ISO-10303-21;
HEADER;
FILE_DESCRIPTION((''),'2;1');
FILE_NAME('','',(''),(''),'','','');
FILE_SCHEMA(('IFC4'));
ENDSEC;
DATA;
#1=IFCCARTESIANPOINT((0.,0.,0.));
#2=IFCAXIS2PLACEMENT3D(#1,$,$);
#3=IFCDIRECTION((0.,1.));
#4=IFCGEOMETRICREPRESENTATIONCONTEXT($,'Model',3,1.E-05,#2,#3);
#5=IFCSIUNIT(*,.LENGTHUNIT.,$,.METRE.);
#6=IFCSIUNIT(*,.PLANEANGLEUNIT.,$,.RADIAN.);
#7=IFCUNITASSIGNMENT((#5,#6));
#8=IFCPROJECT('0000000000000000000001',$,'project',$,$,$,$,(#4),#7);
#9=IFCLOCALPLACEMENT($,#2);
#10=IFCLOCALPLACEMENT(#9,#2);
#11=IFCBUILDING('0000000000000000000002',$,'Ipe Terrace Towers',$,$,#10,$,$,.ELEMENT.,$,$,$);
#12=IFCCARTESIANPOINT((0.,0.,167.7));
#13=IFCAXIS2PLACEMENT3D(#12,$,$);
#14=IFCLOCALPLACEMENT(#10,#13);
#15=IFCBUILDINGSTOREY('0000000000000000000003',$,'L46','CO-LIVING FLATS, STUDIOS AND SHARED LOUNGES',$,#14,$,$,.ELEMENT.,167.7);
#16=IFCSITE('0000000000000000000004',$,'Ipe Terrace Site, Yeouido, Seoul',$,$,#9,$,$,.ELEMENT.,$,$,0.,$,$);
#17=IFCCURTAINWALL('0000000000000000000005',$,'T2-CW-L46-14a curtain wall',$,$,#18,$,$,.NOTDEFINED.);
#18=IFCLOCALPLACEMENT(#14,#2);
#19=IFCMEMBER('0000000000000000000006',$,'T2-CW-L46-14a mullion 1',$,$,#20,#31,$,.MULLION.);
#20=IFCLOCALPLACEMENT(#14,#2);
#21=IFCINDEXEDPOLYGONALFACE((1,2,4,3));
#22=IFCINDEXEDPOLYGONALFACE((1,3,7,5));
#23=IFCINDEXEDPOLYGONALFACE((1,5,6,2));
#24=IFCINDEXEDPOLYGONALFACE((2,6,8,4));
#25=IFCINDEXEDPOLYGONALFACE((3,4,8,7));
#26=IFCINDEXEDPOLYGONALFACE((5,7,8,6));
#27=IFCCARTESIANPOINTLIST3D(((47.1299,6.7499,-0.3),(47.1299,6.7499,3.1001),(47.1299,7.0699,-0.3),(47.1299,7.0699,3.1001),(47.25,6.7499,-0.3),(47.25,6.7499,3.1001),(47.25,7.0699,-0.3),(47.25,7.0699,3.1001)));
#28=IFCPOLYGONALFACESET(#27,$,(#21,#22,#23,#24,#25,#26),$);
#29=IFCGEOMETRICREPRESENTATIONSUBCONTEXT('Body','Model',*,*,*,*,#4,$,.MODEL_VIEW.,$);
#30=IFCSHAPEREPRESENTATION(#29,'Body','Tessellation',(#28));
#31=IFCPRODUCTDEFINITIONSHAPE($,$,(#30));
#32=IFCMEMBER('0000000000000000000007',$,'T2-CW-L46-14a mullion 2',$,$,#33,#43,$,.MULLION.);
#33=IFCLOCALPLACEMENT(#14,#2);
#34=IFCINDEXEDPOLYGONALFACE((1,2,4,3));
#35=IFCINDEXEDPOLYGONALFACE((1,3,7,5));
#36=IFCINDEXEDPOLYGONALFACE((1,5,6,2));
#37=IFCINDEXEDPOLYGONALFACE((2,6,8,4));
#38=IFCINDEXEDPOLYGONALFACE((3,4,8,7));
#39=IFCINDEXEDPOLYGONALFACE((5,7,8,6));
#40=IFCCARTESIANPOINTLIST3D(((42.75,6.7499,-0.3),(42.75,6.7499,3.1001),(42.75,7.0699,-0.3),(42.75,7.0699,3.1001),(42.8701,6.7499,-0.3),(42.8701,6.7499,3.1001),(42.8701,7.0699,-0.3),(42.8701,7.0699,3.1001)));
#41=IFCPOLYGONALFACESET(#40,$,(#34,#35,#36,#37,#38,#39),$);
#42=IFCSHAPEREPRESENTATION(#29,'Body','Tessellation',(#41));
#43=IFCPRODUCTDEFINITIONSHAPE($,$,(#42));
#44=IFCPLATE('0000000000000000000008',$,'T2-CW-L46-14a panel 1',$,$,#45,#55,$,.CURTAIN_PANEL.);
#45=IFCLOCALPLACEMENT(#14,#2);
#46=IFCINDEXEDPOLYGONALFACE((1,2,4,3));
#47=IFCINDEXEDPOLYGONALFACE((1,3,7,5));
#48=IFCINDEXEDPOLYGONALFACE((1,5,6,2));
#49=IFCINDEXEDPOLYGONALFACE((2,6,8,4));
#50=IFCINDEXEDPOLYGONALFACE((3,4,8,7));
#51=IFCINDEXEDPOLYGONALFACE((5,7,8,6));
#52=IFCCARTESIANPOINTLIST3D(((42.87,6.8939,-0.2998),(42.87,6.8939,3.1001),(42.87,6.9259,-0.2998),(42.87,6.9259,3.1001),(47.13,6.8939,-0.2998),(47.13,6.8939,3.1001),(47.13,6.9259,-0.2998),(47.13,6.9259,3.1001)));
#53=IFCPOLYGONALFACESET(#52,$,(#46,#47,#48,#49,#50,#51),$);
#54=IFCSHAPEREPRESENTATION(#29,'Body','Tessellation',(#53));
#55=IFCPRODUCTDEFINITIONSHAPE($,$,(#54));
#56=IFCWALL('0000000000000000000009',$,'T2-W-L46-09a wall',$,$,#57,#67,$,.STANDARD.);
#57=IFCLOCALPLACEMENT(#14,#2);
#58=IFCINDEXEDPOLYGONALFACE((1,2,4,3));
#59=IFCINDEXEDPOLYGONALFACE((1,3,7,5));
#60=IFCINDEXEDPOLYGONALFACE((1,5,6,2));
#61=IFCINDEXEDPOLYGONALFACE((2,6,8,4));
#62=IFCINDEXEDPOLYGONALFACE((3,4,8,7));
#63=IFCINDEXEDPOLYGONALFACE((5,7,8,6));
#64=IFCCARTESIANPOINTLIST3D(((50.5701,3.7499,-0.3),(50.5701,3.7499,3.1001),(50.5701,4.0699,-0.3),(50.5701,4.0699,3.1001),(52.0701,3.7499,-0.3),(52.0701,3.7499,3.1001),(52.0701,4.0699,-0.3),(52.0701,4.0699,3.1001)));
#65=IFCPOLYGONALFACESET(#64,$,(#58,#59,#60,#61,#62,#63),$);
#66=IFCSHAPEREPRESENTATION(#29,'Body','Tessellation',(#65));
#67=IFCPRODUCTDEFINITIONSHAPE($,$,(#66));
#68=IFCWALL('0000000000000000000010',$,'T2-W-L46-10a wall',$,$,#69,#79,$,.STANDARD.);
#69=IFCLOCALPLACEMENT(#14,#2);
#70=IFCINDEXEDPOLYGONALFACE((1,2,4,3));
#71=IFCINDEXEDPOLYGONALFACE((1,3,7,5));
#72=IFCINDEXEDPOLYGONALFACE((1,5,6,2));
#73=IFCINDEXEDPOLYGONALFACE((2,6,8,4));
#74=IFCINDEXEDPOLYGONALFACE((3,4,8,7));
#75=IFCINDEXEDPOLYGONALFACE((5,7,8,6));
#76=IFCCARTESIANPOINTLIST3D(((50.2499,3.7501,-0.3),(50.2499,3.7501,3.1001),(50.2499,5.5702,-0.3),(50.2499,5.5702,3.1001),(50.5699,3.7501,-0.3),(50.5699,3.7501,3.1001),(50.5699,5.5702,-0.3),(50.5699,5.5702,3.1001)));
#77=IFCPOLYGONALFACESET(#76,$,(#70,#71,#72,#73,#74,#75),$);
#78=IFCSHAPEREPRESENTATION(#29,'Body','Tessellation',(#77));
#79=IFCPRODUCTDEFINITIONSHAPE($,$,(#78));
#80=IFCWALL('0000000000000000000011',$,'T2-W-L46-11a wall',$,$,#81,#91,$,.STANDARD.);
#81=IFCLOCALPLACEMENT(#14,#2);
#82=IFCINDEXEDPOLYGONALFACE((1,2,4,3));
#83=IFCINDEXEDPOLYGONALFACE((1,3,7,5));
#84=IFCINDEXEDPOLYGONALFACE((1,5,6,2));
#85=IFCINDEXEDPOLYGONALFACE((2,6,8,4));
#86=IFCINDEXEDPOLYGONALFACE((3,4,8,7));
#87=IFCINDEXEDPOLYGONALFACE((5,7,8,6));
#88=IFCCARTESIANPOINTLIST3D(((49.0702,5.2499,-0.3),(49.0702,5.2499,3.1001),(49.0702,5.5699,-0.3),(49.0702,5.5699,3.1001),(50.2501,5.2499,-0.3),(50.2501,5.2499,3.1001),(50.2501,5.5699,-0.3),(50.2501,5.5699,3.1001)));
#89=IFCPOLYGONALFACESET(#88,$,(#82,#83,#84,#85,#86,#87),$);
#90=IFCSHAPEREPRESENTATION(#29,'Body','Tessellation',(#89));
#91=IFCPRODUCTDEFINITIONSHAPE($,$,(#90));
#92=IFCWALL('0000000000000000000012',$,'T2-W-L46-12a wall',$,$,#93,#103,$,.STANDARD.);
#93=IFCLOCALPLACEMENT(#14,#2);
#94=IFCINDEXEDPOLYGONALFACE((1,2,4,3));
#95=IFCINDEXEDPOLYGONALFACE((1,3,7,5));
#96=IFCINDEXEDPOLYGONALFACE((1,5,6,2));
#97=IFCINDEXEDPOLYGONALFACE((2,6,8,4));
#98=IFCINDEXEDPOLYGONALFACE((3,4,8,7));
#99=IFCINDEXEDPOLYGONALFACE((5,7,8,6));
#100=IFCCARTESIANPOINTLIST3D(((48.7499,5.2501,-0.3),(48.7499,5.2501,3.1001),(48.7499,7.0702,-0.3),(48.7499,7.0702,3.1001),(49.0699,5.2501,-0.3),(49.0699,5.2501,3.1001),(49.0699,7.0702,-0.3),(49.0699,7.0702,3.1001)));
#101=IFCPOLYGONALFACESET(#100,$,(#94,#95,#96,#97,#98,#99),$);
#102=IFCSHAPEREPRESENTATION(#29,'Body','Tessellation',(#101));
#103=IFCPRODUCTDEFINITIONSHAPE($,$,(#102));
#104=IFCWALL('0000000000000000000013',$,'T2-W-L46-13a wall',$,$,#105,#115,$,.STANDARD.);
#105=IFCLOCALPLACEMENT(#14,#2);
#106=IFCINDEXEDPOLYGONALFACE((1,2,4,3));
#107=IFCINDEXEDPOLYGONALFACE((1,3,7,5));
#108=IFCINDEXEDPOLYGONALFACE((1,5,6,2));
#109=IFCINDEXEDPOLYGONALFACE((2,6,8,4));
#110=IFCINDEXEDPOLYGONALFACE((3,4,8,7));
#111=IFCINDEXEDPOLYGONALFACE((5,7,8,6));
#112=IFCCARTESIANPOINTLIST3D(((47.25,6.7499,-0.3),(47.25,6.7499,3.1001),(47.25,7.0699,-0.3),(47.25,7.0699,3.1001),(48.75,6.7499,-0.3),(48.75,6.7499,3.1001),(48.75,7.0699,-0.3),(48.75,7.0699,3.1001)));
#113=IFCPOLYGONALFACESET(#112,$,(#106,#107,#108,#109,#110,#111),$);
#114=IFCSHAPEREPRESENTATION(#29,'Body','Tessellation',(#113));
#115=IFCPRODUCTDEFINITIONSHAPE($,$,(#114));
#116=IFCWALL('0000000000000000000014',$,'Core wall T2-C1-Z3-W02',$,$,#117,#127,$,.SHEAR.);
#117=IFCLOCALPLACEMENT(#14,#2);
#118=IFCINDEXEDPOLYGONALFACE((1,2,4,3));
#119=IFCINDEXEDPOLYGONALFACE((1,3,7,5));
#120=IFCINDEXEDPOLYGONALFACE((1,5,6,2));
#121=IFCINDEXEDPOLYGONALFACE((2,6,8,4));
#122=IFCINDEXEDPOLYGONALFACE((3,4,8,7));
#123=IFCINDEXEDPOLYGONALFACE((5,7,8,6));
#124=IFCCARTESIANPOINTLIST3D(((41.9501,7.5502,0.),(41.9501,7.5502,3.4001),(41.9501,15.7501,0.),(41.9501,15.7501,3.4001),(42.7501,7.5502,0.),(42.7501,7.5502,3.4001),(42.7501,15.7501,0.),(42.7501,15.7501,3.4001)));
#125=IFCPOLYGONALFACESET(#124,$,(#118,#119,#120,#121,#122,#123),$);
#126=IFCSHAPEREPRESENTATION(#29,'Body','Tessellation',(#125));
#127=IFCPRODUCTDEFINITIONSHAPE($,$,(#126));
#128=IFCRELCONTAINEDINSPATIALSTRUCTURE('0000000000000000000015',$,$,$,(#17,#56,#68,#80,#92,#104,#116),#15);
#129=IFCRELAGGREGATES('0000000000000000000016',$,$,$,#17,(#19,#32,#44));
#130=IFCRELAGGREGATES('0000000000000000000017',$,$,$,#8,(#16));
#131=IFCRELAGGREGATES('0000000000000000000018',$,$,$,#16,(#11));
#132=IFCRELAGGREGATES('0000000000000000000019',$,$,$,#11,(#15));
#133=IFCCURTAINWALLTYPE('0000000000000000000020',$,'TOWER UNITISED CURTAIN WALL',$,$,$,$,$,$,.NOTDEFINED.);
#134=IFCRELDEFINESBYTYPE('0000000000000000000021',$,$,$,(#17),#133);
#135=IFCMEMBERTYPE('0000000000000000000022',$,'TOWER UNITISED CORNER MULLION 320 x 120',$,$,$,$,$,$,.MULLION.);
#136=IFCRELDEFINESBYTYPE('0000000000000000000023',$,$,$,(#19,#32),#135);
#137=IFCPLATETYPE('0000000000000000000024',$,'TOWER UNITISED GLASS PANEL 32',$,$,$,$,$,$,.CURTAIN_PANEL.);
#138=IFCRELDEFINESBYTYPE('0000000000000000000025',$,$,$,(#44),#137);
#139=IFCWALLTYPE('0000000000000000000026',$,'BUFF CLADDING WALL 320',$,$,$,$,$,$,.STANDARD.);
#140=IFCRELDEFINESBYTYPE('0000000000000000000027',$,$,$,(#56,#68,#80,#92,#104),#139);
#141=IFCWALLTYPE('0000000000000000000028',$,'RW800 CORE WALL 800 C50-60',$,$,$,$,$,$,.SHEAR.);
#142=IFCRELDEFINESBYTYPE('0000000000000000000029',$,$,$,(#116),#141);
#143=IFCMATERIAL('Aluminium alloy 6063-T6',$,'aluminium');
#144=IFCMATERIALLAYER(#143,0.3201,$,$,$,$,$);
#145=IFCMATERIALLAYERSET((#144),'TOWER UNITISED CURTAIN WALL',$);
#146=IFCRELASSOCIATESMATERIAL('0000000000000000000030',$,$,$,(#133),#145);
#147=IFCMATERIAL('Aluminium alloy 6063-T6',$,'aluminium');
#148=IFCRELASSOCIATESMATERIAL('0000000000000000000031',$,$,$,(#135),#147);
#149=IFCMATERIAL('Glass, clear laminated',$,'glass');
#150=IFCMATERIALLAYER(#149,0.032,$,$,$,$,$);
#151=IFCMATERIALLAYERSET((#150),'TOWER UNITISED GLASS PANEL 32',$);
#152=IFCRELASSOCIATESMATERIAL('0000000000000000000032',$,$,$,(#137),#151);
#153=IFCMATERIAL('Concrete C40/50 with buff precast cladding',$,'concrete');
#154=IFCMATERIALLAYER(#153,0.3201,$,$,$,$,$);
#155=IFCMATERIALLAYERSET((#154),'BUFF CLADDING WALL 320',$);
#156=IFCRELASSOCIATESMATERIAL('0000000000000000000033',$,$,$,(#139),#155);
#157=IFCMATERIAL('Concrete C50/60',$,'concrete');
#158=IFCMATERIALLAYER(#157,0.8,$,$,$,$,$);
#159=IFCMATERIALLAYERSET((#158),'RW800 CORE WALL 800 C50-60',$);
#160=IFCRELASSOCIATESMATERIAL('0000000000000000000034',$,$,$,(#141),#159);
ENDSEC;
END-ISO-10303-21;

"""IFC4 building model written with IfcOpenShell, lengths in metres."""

from ifc_helpers import new_model, si_unit, direction, frame, frame_2d, origin, origin_2d, place, context, subcontext, project, spatial, rectangle, extrude, material, layer, layer_set, material_profile, profile_set, type_object, element, aggregate, save


model = new_model("IFC4")

# Units and contexts
model_context = context("Model", 3, precision=1e-05, world=origin(), true_north=direction((0.0, 1.0)))
body_context = subcontext(model_context, "Body", "Model", "MODEL_VIEW")
ifc_project = project(units=[si_unit("LENGTHUNIT", "METRE"), si_unit("PLANEANGLEUNIT", "RADIAN")], contexts=[model_context])

# Site, building, storey
site_placement = place(None, origin())
site = spatial("IfcSite", under=ifc_project, at=site_placement, Name="Ipe Terrace Site, Yeouido, Seoul", CompositionType="ELEMENT", RefElevation=0.0)
building_placement = place(site_placement, origin())
building = spatial("IfcBuilding", under=site, at=building_placement, Name="Ipe Terrace Towers", CompositionType="ELEMENT")
storey_placement = place(building_placement, frame((0.0, 0.0, 167.7)))
storey = spatial("IfcBuildingStorey", under=building, at=storey_placement, Name="L46", Description="CO-LIVING FLATS, STUDIOS AND SHARED LOUNGES", CompositionType="ELEMENT", Elevation=167.7)

# Shared definitions
ifc_material_1 = material(Name="Aluminium alloy 6063-T6", Category="aluminium")
ifc_layer_1 = layer(ifc_material_1, 0.3201)
ifc_layer_set_1 = layer_set([ifc_layer_1], Name="TOWER UNITISED CURTAIN WALL")
curtain_wall_type = type_object("IfcCurtainWallType", Name="TOWER UNITISED CURTAIN WALL", PredefinedType="NOTDEFINED", material=ifc_layer_set_1)
ifc_material_2 = material(Name="Aluminium alloy 6063-T6", Category="aluminium")
ifc_material_profile_1 = material_profile(ifc_material_2, rectangle(XDim=0.3201, YDim=0.1201, at=origin_2d()), Name="TOWER UNITISED CORNER MULLION 320 x 120")
ifc_profile_set_1 = profile_set([ifc_material_profile_1], Name="Aluminium alloy 6063-T6")
member_type = type_object("IfcMemberType", Name="TOWER UNITISED CORNER MULLION 320 x 120", PredefinedType="MULLION", material=ifc_profile_set_1)

# Curtain wall, members, plate
curtain_wall_1_placement = place(storey_placement, origin())
curtain_wall_1 = element("IfcCurtainWall", 1, at=curtain_wall_1_placement, inside=storey, type_object=curtain_wall_type, Name="T2-CW-L46-14a curtain wall", PredefinedType="NOTDEFINED")
member_1_placement = place(storey_placement, frame((47.1899, 6.9099, -0.3), z_axis=(0.0, 0.0, 1.0), x_axis=(0.0, 1.0, 0.0)))
member_1 = element("IfcMember", 2, at=member_1_placement, type_object=member_type, Name="T2-CW-L46-14a mullion 1", PredefinedType="MULLION", context=body_context, shape_type="SweptSolid", body=[
    extrude(rectangle(XDim=0.3201, YDim=0.1201, at=origin_2d()), origin(), (0.0, 0.0, 1.0), 3.4001),
])
member_2_placement = place(storey_placement, frame((42.8101, 6.9099, -0.3), z_axis=(0.0, 0.0, 1.0), x_axis=(0.0, 1.0, 0.0)))
member_2 = element("IfcMember", 3, at=member_2_placement, type_object=member_type, Name="T2-CW-L46-14a mullion 2", PredefinedType="MULLION", context=body_context, shape_type="SweptSolid", body=[
    extrude(rectangle(XDim=0.3201, YDim=0.1201, at=origin_2d()), origin(), (0.0, 0.0, 1.0), 3.4001),
])
ifc_material_3 = material(Name="Glass, clear laminated", Category="glass")
ifc_layer_2 = layer(ifc_material_3, 0.032)
ifc_layer_set_2 = layer_set([ifc_layer_2], Name="TOWER UNITISED GLASS PANEL 32")
plate_type = type_object("IfcPlateType", Name="TOWER UNITISED GLASS PANEL 32", PredefinedType="CURTAIN_PANEL", material=ifc_layer_set_2)
plate_placement = place(storey_placement, frame((45.0, 6.9099, -0.2998), z_axis=(0.0, 0.0, 1.0), x_axis=(-1.0, 0.0, 0.0)))
plate = element("IfcPlate", 4, at=plate_placement, type_object=plate_type, Name="T2-CW-L46-14a panel 1", PredefinedType="CURTAIN_PANEL", context=body_context, shape_type="SweptSolid", body=[
    extrude(rectangle(XDim=4.26, YDim=0.032, at=origin_2d()), origin(), (0.0, 0.0, 1.0), 3.3999),
])
aggregate(curtain_wall_1, [member_1, member_2, plate])

# Walls
ifc_material_4 = material(Name="Concrete C40/50 with buff precast cladding", Category="concrete")
ifc_layer_3 = layer(ifc_material_4, 0.3201)
ifc_layer_set_3 = layer_set([ifc_layer_3], Name="BUFF CLADDING WALL 320")
wall_type_1 = type_object("IfcWallType", Name="BUFF CLADDING WALL 320", PredefinedType="STANDARD", material=ifc_layer_set_3)
wall_1_placement = place(storey_placement, frame((52.0701, 3.9099, -0.3), z_axis=(0.0, 0.0, 1.0), x_axis=(-1.0, 0.0, 0.0)))
element("IfcWall", 5, at=wall_1_placement, inside=storey, type_object=wall_type_1, Name="T2-W-L46-09a wall", PredefinedType="STANDARD", context=body_context, shape_type="SweptSolid", body=[
    extrude(rectangle(XDim=1.5, YDim=0.3201, at=frame_2d((0.75, 0.0))), origin(), (0.0, 0.0, 1.0), 3.4001),
])
wall_2_placement = place(storey_placement, frame((50.4099, 3.75, -0.3), z_axis=(0.0, 0.0, 1.0), x_axis=(0.0, 1.0, 0.0)))
element("IfcWall", 6, at=wall_2_placement, inside=storey, type_object=wall_type_1, Name="T2-W-L46-10a wall", PredefinedType="STANDARD", context=body_context, shape_type="SweptSolid", body=[
    extrude(rectangle(XDim=1.8201, YDim=0.3201, at=frame_2d((0.9102, 0.0))), origin(), (0.0, 0.0, 1.0), 3.4001),
])
wall_3_placement = place(storey_placement, frame((50.25, 5.4099, -0.3), z_axis=(0.0, 0.0, 1.0), x_axis=(-1.0, 0.0, 0.0)))
element("IfcWall", 7, at=wall_3_placement, inside=storey, type_object=wall_type_1, Name="T2-W-L46-11a wall", PredefinedType="STANDARD", context=body_context, shape_type="SweptSolid", body=[
    extrude(rectangle(XDim=1.1799, YDim=0.3201, at=frame_2d((0.5898, 0.0))), origin(), (0.0, 0.0, 1.0), 3.4001),
])
wall_4_placement = place(storey_placement, frame((48.9099, 5.25, -0.3), z_axis=(0.0, 0.0, 1.0), x_axis=(0.0, 1.0, 0.0)))
element("IfcWall", 8, at=wall_4_placement, inside=storey, type_object=wall_type_1, Name="T2-W-L46-12a wall", PredefinedType="STANDARD", context=body_context, shape_type="SweptSolid", body=[
    extrude(rectangle(XDim=1.8201, YDim=0.3201, at=frame_2d((0.9102, 0.0))), origin(), (0.0, 0.0, 1.0), 3.4001),
])
wall_5_placement = place(storey_placement, frame((48.75, 6.9099, -0.3), z_axis=(0.0, 0.0, 1.0), x_axis=(-1.0, 0.0, 0.0)))
element("IfcWall", 9, at=wall_5_placement, inside=storey, type_object=wall_type_1, Name="T2-W-L46-13a wall", PredefinedType="STANDARD", context=body_context, shape_type="SweptSolid", body=[
    extrude(rectangle(XDim=1.5, YDim=0.3201, at=frame_2d((0.75, 0.0))), origin(), (0.0, 0.0, 1.0), 3.4001),
])
ifc_material_5 = material(Name="Concrete C50/60", Category="concrete")
ifc_layer_4 = layer(ifc_material_5, 0.8)
ifc_layer_set_4 = layer_set([ifc_layer_4], Name="RW800 CORE WALL 800 C50-60")
wall_type_2 = type_object("IfcWallType", Name="RW800 CORE WALL 800 C50-60", PredefinedType="SHEAR", material=ifc_layer_set_4)
wall_6_placement = place(storey_placement, frame((42.3501, 7.55, 0.0), z_axis=(0.0, 0.0, 1.0), x_axis=(0.0, 1.0, 0.0)))
element("IfcWall", 10, at=wall_6_placement, inside=storey, type_object=wall_type_2, Name="Core wall T2-C1-Z3-W02", PredefinedType="SHEAR", context=body_context, shape_type="SweptSolid", body=[
    extrude(rectangle(XDim=8.2, YDim=0.8, at=frame_2d((4.1001, 0.0))), origin(), (0.0, 0.0, 1.0), 3.4001),
])

save(model, "model.ifc")
